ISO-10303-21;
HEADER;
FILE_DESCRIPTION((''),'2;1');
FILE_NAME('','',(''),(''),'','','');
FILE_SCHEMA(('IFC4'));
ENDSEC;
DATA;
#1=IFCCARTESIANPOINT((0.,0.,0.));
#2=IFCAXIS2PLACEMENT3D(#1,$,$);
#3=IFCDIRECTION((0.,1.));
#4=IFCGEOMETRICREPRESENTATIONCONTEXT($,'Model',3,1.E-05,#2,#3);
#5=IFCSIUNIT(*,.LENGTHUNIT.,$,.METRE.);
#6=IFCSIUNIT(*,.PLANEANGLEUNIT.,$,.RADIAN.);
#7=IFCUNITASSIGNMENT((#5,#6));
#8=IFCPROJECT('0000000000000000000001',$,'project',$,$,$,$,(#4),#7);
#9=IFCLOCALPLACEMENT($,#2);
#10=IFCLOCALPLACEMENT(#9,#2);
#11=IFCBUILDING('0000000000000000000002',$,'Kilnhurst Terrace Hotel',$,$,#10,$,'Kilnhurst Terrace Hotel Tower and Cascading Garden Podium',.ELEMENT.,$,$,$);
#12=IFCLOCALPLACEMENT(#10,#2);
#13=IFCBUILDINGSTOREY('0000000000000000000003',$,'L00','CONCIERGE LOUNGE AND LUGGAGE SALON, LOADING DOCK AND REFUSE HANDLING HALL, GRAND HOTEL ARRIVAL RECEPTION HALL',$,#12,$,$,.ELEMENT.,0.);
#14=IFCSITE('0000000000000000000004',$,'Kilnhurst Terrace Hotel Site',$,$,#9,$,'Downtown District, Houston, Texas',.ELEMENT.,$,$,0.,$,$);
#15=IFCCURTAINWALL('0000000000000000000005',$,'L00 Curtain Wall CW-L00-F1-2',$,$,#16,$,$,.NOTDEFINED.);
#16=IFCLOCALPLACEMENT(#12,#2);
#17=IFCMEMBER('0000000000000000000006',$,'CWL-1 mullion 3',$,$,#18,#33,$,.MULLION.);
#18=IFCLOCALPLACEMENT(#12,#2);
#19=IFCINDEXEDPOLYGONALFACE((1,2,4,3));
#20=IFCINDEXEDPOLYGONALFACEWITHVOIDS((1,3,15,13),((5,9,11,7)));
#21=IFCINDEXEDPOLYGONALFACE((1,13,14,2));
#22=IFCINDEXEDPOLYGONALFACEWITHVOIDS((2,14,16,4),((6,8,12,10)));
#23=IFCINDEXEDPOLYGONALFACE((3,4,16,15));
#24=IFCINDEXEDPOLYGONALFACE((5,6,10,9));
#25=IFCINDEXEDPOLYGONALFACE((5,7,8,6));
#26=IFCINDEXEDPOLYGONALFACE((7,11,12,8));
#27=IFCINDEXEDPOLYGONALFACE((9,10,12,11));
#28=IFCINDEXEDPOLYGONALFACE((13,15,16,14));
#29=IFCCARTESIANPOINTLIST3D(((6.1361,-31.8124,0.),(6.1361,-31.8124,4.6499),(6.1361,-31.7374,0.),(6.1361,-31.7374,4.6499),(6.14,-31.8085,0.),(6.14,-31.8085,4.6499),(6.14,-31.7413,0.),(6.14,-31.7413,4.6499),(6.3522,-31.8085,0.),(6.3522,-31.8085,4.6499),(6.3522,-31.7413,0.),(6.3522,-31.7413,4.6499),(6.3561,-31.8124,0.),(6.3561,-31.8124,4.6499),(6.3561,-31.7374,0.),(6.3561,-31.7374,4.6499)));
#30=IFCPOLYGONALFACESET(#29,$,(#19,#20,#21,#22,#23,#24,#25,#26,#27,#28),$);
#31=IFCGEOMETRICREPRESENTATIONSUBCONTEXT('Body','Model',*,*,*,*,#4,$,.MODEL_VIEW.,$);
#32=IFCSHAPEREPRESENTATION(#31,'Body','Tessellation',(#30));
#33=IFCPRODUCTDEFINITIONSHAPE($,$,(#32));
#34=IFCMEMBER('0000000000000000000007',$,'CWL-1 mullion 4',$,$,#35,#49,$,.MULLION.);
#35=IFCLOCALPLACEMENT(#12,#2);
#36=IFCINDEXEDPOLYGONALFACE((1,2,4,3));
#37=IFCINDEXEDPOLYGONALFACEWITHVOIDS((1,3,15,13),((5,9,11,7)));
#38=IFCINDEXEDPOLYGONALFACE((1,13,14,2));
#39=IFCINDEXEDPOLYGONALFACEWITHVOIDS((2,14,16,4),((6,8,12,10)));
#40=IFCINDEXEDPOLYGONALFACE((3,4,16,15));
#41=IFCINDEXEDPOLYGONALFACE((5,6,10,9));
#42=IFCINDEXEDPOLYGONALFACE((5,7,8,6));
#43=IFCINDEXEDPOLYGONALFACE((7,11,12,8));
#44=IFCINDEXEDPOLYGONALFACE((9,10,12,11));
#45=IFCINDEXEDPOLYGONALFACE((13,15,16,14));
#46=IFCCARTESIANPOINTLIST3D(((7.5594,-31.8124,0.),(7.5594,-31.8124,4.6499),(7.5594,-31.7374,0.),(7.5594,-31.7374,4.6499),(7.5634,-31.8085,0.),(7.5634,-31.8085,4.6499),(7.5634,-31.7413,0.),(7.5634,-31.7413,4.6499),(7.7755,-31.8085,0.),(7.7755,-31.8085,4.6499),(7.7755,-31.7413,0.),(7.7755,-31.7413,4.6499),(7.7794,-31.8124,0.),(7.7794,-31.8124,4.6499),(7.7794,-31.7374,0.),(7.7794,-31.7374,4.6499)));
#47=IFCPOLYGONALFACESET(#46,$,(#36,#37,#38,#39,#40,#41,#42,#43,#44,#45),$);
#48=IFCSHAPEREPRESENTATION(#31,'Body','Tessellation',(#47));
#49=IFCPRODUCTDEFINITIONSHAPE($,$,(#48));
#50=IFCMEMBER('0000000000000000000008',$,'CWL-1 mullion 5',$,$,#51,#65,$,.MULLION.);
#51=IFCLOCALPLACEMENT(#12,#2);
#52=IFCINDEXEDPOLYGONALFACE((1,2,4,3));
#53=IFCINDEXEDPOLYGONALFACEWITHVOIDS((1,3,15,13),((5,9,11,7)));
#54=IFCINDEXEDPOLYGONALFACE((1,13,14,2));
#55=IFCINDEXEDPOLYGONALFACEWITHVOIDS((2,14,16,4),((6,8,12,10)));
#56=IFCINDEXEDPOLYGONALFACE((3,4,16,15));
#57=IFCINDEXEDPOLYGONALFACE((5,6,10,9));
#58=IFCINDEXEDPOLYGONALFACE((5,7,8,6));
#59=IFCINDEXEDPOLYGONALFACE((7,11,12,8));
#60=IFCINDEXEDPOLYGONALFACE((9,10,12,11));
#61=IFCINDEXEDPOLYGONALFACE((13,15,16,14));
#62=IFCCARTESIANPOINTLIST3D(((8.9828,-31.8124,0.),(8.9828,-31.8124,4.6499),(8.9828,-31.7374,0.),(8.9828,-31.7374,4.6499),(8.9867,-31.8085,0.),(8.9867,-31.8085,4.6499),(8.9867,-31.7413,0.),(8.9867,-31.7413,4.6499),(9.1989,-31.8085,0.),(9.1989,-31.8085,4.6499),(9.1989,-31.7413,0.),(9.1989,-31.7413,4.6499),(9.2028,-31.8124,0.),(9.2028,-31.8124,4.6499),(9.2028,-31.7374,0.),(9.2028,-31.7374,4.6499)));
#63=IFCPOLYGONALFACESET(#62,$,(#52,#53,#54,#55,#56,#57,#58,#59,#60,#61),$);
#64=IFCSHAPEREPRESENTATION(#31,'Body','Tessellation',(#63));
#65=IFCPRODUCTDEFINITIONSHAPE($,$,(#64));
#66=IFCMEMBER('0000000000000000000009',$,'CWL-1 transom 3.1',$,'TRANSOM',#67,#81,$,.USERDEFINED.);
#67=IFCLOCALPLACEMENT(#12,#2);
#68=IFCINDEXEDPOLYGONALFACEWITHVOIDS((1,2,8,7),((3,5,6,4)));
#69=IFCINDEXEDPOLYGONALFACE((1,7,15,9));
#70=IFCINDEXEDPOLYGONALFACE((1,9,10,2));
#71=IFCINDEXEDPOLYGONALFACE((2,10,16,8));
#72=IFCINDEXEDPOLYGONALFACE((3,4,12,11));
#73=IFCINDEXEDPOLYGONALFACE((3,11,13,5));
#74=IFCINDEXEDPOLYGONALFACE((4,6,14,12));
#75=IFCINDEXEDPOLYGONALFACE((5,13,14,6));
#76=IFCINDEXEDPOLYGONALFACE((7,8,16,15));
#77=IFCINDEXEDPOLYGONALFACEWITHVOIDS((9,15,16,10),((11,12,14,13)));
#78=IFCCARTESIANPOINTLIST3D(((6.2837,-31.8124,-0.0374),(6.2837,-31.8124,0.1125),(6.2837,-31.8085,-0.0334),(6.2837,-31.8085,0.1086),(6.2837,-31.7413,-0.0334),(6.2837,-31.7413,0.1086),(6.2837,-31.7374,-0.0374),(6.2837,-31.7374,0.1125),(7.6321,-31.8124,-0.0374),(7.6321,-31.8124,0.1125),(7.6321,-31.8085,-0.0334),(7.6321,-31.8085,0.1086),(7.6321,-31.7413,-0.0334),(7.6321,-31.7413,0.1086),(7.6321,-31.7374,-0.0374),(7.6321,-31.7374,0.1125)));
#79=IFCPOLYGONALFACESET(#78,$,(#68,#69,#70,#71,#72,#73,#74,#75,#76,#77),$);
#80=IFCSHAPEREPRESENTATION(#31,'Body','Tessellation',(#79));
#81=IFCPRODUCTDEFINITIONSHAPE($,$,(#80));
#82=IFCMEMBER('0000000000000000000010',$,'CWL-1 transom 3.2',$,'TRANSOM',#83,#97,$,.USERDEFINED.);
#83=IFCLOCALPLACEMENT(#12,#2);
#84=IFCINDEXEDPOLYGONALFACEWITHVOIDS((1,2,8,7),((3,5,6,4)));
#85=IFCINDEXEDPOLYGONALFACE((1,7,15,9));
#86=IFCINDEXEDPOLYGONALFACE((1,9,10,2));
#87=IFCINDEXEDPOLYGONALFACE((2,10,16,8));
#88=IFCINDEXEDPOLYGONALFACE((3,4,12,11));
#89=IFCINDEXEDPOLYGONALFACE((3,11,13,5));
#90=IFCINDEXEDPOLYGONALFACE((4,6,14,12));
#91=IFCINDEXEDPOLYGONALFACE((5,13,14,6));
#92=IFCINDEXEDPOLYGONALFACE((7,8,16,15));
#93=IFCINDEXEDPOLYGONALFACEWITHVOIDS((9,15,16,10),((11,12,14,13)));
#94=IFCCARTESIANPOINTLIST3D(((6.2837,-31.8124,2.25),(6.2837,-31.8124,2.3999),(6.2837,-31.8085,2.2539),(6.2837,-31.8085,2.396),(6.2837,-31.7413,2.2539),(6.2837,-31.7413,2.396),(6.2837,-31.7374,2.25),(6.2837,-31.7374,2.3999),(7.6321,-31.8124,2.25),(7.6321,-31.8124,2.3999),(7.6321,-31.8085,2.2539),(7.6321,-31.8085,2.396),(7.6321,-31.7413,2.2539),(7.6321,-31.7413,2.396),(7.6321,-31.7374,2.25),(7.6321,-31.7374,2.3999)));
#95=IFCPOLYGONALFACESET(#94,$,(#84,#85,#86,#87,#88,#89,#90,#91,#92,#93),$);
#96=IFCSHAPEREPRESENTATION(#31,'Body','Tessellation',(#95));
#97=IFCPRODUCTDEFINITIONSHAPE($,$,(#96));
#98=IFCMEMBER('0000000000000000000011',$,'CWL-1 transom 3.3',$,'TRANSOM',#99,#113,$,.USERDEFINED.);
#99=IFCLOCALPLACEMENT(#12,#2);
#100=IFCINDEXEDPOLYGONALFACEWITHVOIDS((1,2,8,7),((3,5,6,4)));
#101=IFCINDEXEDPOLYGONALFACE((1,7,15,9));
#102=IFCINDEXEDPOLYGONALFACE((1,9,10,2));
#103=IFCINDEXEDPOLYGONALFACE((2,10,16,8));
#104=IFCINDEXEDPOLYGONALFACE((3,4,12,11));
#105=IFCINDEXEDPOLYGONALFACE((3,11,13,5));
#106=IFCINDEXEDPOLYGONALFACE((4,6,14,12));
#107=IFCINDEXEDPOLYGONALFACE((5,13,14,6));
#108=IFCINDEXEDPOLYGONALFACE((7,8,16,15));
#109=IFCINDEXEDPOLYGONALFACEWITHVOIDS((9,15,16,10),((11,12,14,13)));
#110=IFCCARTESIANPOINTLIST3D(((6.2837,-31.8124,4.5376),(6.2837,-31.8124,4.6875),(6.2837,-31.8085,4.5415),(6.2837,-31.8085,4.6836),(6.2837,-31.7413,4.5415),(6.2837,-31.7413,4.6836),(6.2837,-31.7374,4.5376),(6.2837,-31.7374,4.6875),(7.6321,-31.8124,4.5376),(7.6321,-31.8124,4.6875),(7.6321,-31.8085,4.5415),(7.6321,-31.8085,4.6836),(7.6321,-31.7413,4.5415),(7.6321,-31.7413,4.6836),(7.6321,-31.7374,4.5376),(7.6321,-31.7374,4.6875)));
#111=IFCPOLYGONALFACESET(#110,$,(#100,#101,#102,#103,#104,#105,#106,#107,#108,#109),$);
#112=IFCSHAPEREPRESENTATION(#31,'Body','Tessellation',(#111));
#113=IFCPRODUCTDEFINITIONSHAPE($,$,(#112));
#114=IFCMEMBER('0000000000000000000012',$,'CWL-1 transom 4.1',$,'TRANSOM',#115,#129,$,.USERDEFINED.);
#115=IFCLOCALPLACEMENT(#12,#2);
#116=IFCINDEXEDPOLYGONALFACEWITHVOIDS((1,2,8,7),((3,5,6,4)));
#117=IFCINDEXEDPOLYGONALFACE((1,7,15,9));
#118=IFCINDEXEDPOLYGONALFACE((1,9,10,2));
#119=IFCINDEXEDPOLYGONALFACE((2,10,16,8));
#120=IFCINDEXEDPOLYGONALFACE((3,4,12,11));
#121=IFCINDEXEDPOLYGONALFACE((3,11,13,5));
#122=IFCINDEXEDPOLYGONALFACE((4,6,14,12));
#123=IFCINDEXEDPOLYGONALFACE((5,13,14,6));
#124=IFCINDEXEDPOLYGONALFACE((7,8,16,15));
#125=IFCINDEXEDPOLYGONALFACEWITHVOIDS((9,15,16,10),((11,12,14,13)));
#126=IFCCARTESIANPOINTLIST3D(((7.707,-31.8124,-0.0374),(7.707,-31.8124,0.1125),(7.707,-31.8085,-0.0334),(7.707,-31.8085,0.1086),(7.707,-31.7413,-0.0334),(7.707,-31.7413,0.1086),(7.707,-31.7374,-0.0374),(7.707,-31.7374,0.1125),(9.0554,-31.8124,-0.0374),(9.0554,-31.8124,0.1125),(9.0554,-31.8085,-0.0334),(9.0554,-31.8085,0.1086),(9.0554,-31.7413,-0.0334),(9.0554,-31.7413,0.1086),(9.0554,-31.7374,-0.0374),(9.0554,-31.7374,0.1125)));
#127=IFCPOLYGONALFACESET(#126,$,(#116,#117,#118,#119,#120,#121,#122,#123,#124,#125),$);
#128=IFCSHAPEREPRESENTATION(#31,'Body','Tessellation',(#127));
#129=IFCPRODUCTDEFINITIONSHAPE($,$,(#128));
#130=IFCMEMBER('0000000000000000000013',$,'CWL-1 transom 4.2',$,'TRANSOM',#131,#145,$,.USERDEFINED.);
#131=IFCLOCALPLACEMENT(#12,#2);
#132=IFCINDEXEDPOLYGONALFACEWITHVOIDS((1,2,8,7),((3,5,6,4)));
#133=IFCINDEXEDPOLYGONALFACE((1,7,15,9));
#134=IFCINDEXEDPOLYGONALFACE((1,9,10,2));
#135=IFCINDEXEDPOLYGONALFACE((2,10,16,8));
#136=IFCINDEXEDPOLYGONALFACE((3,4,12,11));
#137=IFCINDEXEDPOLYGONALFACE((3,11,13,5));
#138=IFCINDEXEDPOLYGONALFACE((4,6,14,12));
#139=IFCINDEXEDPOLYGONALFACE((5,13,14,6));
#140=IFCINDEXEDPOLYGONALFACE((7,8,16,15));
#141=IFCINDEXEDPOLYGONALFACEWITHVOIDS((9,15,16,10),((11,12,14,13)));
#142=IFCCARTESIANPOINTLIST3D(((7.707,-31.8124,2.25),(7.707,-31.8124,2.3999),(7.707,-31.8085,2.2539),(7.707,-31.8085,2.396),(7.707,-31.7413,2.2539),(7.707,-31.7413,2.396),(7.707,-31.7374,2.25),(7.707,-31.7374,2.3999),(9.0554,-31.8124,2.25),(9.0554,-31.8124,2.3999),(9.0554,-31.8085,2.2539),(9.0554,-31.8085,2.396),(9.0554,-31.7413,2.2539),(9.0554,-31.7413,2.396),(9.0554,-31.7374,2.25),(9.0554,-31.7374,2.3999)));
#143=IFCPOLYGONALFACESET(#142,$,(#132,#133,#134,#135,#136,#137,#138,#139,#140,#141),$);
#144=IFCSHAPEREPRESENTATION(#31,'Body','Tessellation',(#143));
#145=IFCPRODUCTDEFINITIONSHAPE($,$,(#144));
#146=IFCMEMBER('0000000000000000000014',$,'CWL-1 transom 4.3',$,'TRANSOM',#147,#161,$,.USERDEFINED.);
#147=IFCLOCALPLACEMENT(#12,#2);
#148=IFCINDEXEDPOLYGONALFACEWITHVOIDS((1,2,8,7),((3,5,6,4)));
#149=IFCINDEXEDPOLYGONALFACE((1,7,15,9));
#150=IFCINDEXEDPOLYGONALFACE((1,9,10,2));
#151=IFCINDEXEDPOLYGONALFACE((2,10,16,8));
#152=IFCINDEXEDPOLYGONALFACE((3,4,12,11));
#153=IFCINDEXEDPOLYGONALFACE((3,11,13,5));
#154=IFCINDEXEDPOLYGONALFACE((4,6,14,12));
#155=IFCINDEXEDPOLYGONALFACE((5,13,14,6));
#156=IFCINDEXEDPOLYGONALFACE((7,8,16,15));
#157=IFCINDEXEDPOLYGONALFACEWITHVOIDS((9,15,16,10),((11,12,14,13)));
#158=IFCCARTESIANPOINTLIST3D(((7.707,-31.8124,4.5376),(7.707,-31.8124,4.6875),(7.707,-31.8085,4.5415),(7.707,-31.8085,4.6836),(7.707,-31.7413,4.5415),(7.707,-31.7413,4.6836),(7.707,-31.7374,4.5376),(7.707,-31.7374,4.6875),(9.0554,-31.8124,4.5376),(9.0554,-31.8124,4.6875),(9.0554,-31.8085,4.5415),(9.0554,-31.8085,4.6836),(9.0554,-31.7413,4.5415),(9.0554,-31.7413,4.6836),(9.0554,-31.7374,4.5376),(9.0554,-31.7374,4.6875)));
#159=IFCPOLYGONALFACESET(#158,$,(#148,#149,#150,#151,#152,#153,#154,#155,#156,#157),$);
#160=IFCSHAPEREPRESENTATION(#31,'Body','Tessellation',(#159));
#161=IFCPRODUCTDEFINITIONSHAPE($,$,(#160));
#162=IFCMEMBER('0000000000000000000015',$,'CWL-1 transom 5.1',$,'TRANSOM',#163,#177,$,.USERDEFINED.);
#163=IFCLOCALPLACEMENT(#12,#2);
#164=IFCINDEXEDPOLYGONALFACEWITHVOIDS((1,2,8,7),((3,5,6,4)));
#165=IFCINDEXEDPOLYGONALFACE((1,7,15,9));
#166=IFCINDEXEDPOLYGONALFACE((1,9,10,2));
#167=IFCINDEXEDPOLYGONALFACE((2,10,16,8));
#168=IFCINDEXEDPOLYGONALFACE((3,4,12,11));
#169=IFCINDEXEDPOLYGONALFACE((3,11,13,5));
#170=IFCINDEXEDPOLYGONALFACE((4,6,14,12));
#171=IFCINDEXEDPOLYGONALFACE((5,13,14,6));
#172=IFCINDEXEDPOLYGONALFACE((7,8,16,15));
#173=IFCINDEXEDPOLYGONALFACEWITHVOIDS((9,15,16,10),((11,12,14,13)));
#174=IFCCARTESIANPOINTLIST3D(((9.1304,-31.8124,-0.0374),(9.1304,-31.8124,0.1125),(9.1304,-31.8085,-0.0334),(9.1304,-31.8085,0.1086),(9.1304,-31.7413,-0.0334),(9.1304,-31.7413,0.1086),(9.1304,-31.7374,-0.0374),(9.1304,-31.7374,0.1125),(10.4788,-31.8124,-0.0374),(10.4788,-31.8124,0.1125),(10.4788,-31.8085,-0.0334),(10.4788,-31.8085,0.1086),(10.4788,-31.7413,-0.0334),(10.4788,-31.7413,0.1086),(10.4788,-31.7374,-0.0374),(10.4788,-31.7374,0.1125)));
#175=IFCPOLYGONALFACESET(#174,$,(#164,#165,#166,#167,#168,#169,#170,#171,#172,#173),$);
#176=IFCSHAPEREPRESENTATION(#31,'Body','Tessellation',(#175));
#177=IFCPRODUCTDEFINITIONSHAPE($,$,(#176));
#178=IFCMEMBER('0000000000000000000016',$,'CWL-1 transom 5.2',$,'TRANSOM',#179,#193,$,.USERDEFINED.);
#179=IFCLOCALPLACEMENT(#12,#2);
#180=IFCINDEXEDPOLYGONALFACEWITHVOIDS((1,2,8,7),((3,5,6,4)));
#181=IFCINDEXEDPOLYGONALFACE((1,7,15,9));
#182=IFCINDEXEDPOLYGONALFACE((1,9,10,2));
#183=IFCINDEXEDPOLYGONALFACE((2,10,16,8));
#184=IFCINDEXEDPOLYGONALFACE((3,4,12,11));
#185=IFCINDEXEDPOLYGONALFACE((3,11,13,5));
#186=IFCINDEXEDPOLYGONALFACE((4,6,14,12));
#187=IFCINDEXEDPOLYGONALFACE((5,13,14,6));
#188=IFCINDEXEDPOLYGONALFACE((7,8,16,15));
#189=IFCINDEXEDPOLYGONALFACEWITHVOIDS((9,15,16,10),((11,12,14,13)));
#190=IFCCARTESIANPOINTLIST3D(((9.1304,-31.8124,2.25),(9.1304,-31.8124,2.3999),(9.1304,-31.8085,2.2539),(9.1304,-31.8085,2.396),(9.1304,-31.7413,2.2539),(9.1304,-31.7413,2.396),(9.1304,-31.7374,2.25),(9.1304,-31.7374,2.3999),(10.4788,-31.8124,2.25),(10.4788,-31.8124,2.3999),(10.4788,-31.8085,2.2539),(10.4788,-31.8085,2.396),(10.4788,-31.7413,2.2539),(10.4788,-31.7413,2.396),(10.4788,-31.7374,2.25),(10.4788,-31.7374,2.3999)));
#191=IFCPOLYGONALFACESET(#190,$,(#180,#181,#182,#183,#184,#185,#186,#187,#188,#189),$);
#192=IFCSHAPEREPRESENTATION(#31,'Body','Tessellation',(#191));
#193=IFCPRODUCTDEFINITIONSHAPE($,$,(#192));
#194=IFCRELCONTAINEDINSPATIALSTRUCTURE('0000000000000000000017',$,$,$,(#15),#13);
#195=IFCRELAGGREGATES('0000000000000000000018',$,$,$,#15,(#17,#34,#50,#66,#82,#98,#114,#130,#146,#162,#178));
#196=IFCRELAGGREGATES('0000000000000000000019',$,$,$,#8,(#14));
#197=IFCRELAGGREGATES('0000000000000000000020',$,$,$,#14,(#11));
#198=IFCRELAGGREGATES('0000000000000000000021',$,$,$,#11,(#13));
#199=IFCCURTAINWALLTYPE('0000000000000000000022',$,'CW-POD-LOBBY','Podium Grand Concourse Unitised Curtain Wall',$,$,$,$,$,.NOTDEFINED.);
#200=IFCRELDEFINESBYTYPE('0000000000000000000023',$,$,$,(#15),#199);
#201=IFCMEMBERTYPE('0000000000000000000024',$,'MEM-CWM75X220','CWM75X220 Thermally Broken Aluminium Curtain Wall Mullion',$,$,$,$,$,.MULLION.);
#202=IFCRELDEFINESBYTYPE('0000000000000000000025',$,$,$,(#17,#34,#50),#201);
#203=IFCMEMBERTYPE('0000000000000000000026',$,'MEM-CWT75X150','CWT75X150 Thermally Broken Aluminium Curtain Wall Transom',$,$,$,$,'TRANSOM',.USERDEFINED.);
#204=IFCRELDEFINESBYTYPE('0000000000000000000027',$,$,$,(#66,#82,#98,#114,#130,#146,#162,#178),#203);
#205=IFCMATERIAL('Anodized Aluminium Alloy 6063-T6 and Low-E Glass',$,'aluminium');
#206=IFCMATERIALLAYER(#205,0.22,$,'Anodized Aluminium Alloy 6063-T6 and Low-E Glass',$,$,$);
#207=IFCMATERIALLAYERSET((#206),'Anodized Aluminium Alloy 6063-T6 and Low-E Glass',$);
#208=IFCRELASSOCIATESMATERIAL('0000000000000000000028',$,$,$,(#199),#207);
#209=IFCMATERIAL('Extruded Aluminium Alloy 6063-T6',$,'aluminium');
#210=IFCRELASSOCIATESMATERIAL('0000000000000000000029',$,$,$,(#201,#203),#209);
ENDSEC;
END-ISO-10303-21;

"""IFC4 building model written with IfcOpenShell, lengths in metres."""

from ifc_helpers import new_model, si_unit, direction, frame, origin, origin_2d, place, context, subcontext, project, spatial, hollow_rectangle, extrude, material, layer, layer_set, material_profile, profile_set, type_object, element, aggregate, save


model = new_model("IFC4")

# Units and contexts
model_context = context("Model", 3, precision=1e-05, world=origin(), true_north=direction((0.0, 1.0)))
body_context = subcontext(model_context, "Body", "Model", "MODEL_VIEW")
ifc_project = project(units=[si_unit("LENGTHUNIT", "METRE"), si_unit("PLANEANGLEUNIT", "RADIAN")], contexts=[model_context])

# Site, building, storey
site_placement = place(None, origin())
site = spatial("IfcSite", under=ifc_project, at=site_placement, Name="Kilnhurst Terrace Hotel Site", LongName="Downtown District, Houston, Texas", CompositionType="ELEMENT", RefElevation=0.0)
building_placement = place(site_placement, origin())
building = spatial("IfcBuilding", under=site, at=building_placement, Name="Kilnhurst Terrace Hotel", LongName="Kilnhurst Terrace Hotel Tower and Cascading Garden Podium", CompositionType="ELEMENT")
storey_placement = place(building_placement, origin())
storey = spatial("IfcBuildingStorey", under=building, at=storey_placement, Name="L00", Description="CONCIERGE LOUNGE AND LUGGAGE SALON, LOADING DOCK AND REFUSE HANDLING HALL, GRAND HOTEL ARRIVAL RECEPTION HALL", CompositionType="ELEMENT", Elevation=0.0)

# Curtain wall, members
ifc_material_1 = material(Name="Anodized Aluminium Alloy 6063-T6 and Low-E Glass", Category="aluminium")
ifc_layer_1 = layer(ifc_material_1, 0.22, Name="Anodized Aluminium Alloy 6063-T6 and Low-E Glass")
ifc_layer_set_1 = layer_set([ifc_layer_1], Name="Anodized Aluminium Alloy 6063-T6 and Low-E Glass")
curtain_wall_type = type_object("IfcCurtainWallType", Name="CW-POD-LOBBY", Description="Podium Grand Concourse Unitised Curtain Wall", PredefinedType="NOTDEFINED", material=ifc_layer_set_1)
curtain_wall_placement = place(storey_placement, origin())
curtain_wall = element("IfcCurtainWall", 1, at=curtain_wall_placement, inside=storey, type_object=curtain_wall_type, Name="L00 Curtain Wall CW-L00-F1-2", PredefinedType="NOTDEFINED")
ifc_material_2 = material(Name="Extruded Aluminium Alloy 6063-T6", Category="aluminium")
ifc_material_profile_1 = material_profile(ifc_material_2, hollow_rectangle(XDim=0.075, YDim=0.22, WallThickness=0.0039, at=origin_2d()), Name="CWM75X220")
ifc_profile_set_1 = profile_set([ifc_material_profile_1], Name="Extruded Aluminium Alloy 6063-T6")
member_type_1 = type_object("IfcMemberType", Name="MEM-CWM75X220", Description="CWM75X220 Thermally Broken Aluminium Curtain Wall Mullion", PredefinedType="MULLION", material=ifc_profile_set_1)
member_1_placement = place(storey_placement, frame((6.2461, -31.7749, 0.0), z_axis=(0.0, 0.0, 1.0), x_axis=(0.0, 1.0, 0.0)))
member_1 = element("IfcMember", 2, at=member_1_placement, type_object=member_type_1, Name="CWL-1 mullion 3", PredefinedType="MULLION", context=body_context, shape_type="SweptSolid", body=[
    extrude(hollow_rectangle(XDim=0.075, YDim=0.22, WallThickness=0.0039, at=origin_2d()), origin(), (0.0, 0.0, 1.0), 4.6499),
])
member_2_placement = place(storey_placement, frame((7.6694, -31.7749, 0.0), z_axis=(0.0, 0.0, 1.0), x_axis=(0.0, 1.0, 0.0)))
member_2 = element("IfcMember", 3, at=member_2_placement, type_object=member_type_1, Name="CWL-1 mullion 4", PredefinedType="MULLION", context=body_context, shape_type="SweptSolid", body=[
    extrude(hollow_rectangle(XDim=0.075, YDim=0.22, WallThickness=0.0039, at=origin_2d()), origin(), (0.0, 0.0, 1.0), 4.6499),
])
member_3_placement = place(storey_placement, frame((9.0928, -31.7749, 0.0), z_axis=(0.0, 0.0, 1.0), x_axis=(0.0, 1.0, 0.0)))
member_3 = element("IfcMember", 4, at=member_3_placement, type_object=member_type_1, Name="CWL-1 mullion 5", PredefinedType="MULLION", context=body_context, shape_type="SweptSolid", body=[
    extrude(hollow_rectangle(XDim=0.075, YDim=0.22, WallThickness=0.0039, at=origin_2d()), origin(), (0.0, 0.0, 1.0), 4.6499),
])
ifc_material_profile_2 = material_profile(ifc_material_2, hollow_rectangle(XDim=0.075, YDim=0.1499, WallThickness=0.0039, at=origin_2d()), Name="CWT75X150")
ifc_profile_set_2 = profile_set([ifc_material_profile_2], Name="Extruded Aluminium Alloy 6063-T6")
member_type_2 = type_object("IfcMemberType", Name="MEM-CWT75X150", Description="CWT75X150 Thermally Broken Aluminium Curtain Wall Transom", ElementType="TRANSOM", PredefinedType="USERDEFINED", material=ifc_profile_set_2)
member_4_placement = place(storey_placement, frame((6.2837, -31.7749, 0.0376), z_axis=(1.0, 0.0, 0.0), x_axis=(0.0, 1.0, 0.0)))
member_4 = element("IfcMember", 5, at=member_4_placement, type_object=member_type_2, Name="CWL-1 transom 3.1", ObjectType="TRANSOM", PredefinedType="USERDEFINED", context=body_context, shape_type="SweptSolid", body=[
    extrude(hollow_rectangle(XDim=0.075, YDim=0.1499, WallThickness=0.0039, at=origin_2d()), origin(), (0.0, 0.0, 1.0), 1.3484),
])
member_5_placement = place(storey_placement, frame((6.2837, -31.7749, 2.325), z_axis=(1.0, 0.0, 0.0), x_axis=(0.0, 1.0, 0.0)))
member_5 = element("IfcMember", 6, at=member_5_placement, type_object=member_type_2, Name="CWL-1 transom 3.2", ObjectType="TRANSOM", PredefinedType="USERDEFINED", context=body_context, shape_type="SweptSolid", body=[
    extrude(hollow_rectangle(XDim=0.075, YDim=0.1499, WallThickness=0.0039, at=origin_2d()), origin(), (0.0, 0.0, 1.0), 1.3484),
])
member_6_placement = place(storey_placement, frame((6.2837, -31.7749, 4.6125), z_axis=(1.0, 0.0, 0.0), x_axis=(0.0, 1.0, 0.0)))
member_6 = element("IfcMember", 7, at=member_6_placement, type_object=member_type_2, Name="CWL-1 transom 3.3", ObjectType="TRANSOM", PredefinedType="USERDEFINED", context=body_context, shape_type="SweptSolid", body=[
    extrude(hollow_rectangle(XDim=0.075, YDim=0.1499, WallThickness=0.0039, at=origin_2d()), origin(), (0.0, 0.0, 1.0), 1.3484),
])
member_7_placement = place(storey_placement, frame((7.707, -31.7749, 0.0376), z_axis=(1.0, 0.0, 0.0), x_axis=(0.0, 1.0, 0.0)))
member_7 = element("IfcMember", 8, at=member_7_placement, type_object=member_type_2, Name="CWL-1 transom 4.1", ObjectType="TRANSOM", PredefinedType="USERDEFINED", context=body_context, shape_type="SweptSolid", body=[
    extrude(hollow_rectangle(XDim=0.075, YDim=0.1499, WallThickness=0.0039, at=origin_2d()), origin(), (0.0, 0.0, 1.0), 1.3484),
])
member_8_placement = place(storey_placement, frame((7.707, -31.7749, 2.325), z_axis=(1.0, 0.0, 0.0), x_axis=(0.0, 1.0, 0.0)))
member_8 = element("IfcMember", 9, at=member_8_placement, type_object=member_type_2, Name="CWL-1 transom 4.2", ObjectType="TRANSOM", PredefinedType="USERDEFINED", context=body_context, shape_type="SweptSolid", body=[
    extrude(hollow_rectangle(XDim=0.075, YDim=0.1499, WallThickness=0.0039, at=origin_2d()), origin(), (0.0, 0.0, 1.0), 1.3484),
])
member_9_placement = place(storey_placement, frame((7.707, -31.7749, 4.6125), z_axis=(1.0, 0.0, 0.0), x_axis=(0.0, 1.0, 0.0)))
member_9 = element("IfcMember", 10, at=member_9_placement, type_object=member_type_2, Name="CWL-1 transom 4.3", ObjectType="TRANSOM", PredefinedType="USERDEFINED", context=body_context, shape_type="SweptSolid", body=[
    extrude(hollow_rectangle(XDim=0.075, YDim=0.1499, WallThickness=0.0039, at=origin_2d()), origin(), (0.0, 0.0, 1.0), 1.3484),
])
member_10_placement = place(storey_placement, frame((9.1304, -31.7749, 0.0376), z_axis=(1.0, 0.0, 0.0), x_axis=(0.0, 1.0, 0.0)))
member_10 = element("IfcMember", 11, at=member_10_placement, type_object=member_type_2, Name="CWL-1 transom 5.1", ObjectType="TRANSOM", PredefinedType="USERDEFINED", context=body_context, shape_type="SweptSolid", body=[
    extrude(hollow_rectangle(XDim=0.075, YDim=0.1499, WallThickness=0.0039, at=origin_2d()), origin(), (0.0, 0.0, 1.0), 1.3484),
])
member_11_placement = place(storey_placement, frame((9.1304, -31.7749, 2.325), z_axis=(1.0, 0.0, 0.0), x_axis=(0.0, 1.0, 0.0)))
member_11 = element("IfcMember", 12, at=member_11_placement, type_object=member_type_2, Name="CWL-1 transom 5.2", ObjectType="TRANSOM", PredefinedType="USERDEFINED", context=body_context, shape_type="SweptSolid", body=[
    extrude(hollow_rectangle(XDim=0.075, YDim=0.1499, WallThickness=0.0039, at=origin_2d()), origin(), (0.0, 0.0, 1.0), 1.3484),
])
aggregate(curtain_wall, [member_1, member_2, member_3, member_4, member_5, member_6, member_7, member_8, member_9, member_10, member_11])

save(model, "model.ifc")
